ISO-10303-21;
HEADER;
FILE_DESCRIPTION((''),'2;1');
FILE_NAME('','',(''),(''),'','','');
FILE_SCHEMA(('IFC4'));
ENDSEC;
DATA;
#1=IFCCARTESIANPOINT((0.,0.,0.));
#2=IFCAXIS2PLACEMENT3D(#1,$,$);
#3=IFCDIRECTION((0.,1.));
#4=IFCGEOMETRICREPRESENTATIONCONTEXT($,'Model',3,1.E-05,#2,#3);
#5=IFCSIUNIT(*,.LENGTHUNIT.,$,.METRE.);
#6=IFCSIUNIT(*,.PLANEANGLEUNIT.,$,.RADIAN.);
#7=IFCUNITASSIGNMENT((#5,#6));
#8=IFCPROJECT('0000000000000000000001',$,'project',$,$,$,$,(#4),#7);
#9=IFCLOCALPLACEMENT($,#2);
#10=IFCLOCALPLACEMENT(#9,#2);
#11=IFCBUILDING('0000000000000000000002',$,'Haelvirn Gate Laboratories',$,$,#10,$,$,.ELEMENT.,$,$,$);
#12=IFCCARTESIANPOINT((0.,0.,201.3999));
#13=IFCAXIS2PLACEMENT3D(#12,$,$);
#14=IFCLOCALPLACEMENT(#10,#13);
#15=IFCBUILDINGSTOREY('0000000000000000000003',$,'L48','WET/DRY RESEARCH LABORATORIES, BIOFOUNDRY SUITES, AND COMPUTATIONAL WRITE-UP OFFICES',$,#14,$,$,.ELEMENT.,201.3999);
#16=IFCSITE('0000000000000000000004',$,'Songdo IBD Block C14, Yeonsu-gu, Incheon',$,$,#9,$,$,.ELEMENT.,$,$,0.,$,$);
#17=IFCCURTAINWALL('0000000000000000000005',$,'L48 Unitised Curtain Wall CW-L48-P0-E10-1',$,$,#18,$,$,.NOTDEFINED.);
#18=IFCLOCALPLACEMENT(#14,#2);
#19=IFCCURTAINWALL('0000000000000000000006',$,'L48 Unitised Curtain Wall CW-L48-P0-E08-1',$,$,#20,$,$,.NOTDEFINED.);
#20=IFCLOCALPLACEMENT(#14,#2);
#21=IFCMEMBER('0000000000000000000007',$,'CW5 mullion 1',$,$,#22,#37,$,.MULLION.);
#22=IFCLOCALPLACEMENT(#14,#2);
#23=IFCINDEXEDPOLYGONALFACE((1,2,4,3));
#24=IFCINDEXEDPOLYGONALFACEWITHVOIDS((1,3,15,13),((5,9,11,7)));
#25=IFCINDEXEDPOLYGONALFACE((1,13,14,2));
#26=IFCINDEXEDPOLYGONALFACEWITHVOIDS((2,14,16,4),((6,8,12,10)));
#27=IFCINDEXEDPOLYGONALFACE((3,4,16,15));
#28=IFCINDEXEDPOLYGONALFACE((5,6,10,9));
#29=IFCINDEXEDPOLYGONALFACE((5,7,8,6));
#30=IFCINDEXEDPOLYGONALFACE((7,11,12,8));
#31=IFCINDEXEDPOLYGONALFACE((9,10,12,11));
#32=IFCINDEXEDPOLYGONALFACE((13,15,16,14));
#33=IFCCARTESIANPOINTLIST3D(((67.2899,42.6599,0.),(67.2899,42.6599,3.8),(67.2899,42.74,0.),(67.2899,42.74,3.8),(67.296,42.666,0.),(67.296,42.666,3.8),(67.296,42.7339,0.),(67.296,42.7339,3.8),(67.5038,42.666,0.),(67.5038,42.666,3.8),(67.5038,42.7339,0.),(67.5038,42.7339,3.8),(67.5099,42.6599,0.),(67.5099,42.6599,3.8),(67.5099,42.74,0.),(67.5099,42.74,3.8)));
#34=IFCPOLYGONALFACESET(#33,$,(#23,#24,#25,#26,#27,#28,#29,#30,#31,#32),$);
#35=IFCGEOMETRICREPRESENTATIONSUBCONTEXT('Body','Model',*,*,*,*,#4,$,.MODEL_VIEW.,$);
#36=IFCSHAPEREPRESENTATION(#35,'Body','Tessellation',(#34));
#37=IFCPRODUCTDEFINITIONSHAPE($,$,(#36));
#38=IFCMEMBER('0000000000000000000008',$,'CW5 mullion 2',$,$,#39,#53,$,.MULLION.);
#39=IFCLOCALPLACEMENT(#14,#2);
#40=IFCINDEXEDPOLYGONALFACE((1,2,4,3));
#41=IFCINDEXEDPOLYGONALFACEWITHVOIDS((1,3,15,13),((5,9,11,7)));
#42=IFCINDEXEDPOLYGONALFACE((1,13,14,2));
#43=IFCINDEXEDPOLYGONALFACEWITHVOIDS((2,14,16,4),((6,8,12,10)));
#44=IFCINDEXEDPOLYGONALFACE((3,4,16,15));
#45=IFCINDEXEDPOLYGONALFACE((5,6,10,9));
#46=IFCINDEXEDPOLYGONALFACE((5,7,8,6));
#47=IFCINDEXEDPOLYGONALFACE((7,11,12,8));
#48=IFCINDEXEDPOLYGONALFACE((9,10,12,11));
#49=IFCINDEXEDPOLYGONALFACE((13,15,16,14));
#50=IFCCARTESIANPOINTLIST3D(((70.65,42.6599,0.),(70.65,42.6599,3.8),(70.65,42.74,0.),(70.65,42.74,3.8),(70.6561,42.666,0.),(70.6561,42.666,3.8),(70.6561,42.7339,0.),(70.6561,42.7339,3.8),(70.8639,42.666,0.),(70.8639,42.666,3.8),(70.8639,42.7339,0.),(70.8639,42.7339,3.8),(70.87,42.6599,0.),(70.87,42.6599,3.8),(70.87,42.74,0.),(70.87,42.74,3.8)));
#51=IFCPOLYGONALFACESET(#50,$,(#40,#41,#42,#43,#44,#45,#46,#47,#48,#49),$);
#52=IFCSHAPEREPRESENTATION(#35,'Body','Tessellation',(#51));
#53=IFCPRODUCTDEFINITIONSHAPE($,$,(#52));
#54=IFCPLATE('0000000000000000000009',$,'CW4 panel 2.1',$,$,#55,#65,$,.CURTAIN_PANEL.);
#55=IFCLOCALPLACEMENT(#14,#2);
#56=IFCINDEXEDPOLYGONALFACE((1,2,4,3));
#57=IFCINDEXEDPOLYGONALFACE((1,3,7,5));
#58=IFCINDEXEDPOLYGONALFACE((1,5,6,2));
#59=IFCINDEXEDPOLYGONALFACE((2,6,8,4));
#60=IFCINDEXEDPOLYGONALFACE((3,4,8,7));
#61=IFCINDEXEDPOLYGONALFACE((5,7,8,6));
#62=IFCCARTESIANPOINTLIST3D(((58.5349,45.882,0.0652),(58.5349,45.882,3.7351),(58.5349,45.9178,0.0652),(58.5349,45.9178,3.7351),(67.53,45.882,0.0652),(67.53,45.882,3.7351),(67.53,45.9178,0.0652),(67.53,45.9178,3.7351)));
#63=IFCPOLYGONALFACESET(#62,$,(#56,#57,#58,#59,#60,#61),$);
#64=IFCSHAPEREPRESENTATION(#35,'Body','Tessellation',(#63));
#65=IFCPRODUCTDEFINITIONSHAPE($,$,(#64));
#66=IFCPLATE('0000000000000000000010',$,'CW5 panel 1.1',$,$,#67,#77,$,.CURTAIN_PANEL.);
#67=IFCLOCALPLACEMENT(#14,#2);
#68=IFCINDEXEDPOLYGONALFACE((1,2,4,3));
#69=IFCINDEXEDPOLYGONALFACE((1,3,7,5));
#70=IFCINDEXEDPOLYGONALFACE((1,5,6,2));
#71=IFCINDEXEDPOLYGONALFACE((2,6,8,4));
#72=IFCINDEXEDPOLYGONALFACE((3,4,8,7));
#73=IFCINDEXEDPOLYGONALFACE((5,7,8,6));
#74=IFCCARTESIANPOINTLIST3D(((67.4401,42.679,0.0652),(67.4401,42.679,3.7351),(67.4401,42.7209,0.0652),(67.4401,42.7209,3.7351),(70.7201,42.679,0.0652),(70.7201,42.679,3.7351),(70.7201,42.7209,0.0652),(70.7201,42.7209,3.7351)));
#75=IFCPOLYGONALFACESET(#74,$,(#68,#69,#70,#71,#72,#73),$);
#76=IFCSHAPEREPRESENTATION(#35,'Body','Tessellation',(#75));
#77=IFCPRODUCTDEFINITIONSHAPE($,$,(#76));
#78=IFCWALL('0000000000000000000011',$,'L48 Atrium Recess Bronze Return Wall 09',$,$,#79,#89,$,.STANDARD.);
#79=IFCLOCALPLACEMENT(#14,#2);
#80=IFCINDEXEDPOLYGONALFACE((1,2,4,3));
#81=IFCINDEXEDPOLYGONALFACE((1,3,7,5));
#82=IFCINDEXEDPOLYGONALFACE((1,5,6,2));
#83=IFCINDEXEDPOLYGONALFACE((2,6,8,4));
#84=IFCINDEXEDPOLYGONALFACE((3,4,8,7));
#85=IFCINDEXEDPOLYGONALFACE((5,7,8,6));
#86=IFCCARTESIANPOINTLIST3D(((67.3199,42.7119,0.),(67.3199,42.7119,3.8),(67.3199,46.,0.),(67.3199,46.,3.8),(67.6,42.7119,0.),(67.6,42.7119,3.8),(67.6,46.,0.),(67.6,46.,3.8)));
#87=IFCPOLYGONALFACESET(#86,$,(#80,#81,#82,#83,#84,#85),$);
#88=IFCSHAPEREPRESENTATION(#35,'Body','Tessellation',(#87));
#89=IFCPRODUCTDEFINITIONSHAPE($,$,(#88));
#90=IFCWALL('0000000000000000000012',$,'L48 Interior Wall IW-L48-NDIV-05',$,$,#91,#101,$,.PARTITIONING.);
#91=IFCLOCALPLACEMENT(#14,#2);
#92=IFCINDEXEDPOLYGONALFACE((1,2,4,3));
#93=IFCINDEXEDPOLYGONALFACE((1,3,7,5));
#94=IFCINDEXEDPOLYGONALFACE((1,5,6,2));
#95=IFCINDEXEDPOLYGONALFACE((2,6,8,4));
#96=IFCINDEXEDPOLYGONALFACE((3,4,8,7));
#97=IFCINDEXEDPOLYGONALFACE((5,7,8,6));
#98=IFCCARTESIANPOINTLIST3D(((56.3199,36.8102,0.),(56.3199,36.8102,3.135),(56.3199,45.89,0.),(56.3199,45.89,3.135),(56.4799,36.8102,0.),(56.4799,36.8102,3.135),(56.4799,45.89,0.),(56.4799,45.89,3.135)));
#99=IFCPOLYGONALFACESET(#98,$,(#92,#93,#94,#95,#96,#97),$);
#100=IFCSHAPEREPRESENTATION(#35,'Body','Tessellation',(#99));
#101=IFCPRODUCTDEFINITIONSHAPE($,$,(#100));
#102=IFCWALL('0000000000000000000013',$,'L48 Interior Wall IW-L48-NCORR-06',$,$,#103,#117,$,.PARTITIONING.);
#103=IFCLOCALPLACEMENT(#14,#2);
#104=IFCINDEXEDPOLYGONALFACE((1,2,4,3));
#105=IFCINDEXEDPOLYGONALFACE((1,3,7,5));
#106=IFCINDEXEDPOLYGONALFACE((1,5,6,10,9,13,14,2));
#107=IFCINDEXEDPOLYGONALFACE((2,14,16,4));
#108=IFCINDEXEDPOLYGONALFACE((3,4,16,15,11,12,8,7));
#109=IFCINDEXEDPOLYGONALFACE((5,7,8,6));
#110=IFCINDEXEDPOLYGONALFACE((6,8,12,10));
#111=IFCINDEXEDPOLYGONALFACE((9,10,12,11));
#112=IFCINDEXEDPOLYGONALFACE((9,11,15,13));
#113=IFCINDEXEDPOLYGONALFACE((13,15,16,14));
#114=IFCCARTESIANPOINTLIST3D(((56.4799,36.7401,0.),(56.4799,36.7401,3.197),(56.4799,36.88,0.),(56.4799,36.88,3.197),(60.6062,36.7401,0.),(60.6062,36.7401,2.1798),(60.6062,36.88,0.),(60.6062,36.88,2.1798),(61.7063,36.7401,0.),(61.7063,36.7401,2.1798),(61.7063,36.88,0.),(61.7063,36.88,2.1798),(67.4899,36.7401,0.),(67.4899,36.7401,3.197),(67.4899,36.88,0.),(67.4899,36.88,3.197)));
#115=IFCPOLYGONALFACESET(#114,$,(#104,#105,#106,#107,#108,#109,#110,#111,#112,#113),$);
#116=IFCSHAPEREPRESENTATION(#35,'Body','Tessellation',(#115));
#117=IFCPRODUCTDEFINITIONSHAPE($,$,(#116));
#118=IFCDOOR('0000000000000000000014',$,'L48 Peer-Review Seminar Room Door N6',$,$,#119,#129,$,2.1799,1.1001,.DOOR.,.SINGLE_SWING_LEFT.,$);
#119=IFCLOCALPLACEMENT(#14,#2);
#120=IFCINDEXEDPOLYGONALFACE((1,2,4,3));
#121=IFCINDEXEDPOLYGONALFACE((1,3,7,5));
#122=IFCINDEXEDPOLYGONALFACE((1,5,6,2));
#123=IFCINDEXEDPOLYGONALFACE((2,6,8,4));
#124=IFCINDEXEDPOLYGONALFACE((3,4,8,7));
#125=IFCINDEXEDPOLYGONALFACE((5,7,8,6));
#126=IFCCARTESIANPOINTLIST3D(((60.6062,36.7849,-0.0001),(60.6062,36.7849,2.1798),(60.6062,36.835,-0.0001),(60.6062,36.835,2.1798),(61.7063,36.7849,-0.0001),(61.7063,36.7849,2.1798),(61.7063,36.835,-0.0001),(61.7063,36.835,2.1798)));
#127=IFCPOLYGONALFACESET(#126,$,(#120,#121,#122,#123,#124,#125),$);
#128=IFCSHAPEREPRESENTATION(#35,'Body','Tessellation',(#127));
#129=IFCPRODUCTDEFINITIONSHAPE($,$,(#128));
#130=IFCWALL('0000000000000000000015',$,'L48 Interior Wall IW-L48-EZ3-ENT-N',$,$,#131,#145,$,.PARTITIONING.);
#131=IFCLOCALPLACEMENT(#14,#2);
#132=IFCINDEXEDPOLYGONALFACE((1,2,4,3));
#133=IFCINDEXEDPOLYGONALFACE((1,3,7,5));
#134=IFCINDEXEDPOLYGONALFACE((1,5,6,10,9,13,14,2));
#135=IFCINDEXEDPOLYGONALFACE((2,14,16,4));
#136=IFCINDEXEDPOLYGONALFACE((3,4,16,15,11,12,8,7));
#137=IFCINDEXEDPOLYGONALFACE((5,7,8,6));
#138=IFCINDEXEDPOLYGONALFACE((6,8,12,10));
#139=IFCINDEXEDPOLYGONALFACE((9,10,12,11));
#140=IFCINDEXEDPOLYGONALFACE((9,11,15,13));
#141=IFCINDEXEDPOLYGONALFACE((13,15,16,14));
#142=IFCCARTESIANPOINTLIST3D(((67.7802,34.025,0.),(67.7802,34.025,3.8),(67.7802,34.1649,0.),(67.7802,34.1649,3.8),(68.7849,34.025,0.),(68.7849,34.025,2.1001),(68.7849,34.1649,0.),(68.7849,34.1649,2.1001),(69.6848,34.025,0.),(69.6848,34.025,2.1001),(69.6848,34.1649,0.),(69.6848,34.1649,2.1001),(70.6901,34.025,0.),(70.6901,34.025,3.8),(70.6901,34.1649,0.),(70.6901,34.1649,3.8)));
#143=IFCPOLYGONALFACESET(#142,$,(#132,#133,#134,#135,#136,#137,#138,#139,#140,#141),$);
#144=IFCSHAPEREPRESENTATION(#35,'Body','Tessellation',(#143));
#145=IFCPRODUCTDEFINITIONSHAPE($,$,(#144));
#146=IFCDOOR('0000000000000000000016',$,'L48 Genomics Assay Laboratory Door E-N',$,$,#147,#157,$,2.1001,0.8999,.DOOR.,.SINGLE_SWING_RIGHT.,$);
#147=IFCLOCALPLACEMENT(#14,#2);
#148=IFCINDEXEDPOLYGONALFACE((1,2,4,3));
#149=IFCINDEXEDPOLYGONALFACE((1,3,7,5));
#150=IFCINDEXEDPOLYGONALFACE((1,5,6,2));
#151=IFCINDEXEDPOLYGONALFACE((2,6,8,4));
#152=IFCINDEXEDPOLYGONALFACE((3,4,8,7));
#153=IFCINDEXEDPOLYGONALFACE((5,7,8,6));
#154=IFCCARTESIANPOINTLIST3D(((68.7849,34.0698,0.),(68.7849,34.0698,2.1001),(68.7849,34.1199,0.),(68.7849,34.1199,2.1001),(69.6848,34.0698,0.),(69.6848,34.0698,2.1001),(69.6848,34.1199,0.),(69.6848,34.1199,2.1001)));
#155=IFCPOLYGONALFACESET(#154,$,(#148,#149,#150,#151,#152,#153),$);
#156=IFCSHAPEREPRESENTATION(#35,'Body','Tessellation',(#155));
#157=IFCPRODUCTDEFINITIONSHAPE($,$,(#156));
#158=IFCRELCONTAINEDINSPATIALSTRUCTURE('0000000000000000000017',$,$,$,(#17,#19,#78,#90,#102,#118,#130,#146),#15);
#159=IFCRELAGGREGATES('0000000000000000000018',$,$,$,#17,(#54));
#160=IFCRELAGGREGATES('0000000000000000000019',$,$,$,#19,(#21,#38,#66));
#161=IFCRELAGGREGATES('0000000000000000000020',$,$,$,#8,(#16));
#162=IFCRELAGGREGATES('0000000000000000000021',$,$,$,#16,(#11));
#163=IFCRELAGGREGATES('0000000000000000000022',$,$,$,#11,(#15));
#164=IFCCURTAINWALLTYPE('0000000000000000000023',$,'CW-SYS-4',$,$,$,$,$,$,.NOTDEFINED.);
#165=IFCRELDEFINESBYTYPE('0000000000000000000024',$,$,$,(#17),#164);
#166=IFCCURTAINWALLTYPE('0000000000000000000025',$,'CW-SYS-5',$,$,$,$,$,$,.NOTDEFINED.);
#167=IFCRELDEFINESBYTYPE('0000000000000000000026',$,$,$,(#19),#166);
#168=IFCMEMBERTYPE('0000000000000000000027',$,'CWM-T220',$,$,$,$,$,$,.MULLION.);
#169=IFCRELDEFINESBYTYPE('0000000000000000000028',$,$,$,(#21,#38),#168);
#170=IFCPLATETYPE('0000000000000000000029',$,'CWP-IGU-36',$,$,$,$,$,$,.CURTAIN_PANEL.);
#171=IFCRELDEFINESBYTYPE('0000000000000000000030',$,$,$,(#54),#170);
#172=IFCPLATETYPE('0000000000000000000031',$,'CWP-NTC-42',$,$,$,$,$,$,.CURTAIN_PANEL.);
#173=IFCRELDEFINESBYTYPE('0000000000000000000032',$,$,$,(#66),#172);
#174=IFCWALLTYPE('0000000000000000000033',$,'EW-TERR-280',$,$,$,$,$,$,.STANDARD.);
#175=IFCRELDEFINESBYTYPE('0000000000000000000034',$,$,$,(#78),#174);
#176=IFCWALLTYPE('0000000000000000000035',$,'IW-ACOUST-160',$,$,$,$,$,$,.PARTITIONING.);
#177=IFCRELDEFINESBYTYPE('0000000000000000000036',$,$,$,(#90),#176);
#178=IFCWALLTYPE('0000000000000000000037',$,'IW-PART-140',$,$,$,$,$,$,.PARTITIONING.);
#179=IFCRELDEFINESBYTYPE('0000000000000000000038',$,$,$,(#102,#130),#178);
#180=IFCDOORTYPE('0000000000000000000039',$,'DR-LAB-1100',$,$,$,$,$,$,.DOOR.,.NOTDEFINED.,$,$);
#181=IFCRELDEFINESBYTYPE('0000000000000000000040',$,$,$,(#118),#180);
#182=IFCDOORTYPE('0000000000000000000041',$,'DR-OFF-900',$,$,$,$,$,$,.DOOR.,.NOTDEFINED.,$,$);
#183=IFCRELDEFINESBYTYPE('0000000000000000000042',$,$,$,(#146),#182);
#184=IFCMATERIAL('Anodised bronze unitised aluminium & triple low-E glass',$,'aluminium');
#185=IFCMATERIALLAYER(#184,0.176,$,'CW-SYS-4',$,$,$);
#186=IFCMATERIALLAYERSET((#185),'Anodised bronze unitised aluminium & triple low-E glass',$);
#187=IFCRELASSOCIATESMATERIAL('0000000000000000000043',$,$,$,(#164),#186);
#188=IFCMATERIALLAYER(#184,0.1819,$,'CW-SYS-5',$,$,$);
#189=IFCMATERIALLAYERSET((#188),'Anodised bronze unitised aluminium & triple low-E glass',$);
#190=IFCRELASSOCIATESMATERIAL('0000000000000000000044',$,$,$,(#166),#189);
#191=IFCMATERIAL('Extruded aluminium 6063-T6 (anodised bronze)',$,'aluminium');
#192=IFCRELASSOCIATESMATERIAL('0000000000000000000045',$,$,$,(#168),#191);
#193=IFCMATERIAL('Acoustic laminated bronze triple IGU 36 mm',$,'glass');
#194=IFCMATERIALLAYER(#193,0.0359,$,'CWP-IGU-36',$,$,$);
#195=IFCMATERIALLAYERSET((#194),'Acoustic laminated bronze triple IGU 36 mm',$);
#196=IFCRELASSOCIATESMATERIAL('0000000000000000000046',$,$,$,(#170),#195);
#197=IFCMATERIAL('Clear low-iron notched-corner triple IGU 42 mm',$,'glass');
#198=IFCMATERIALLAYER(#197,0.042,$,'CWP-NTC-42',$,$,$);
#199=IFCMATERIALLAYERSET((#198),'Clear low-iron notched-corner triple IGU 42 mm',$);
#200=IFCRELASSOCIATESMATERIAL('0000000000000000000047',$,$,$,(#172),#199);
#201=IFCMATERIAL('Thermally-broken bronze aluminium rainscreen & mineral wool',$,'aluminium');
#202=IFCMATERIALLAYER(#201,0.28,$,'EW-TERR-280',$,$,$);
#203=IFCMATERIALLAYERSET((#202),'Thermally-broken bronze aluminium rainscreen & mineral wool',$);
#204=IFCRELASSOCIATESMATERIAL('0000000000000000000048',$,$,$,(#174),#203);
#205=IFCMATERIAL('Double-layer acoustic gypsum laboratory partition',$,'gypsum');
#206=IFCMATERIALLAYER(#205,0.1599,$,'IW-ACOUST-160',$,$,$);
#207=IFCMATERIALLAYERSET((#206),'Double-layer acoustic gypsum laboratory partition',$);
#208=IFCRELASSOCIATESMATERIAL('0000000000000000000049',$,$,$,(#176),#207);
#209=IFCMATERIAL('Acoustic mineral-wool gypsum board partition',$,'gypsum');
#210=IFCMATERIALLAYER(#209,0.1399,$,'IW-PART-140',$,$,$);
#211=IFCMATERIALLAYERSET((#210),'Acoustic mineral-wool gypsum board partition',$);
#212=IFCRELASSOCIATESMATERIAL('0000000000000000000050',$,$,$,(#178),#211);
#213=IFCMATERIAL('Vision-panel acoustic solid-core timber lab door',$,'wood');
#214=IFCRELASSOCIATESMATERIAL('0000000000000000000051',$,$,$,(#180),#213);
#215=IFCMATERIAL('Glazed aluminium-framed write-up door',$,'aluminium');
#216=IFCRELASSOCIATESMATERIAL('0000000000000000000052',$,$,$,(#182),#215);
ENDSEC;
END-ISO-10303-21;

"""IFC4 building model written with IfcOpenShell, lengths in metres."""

from ifc_helpers import new_model, si_unit, direction, frame, frame_2d, origin, origin_2d, place, context, subcontext, project, spatial, rectangle, hollow_rectangle, extrude, source, transform, mapped, material, layer, layer_set, material_profile, profile_set, type_object, type_shapes, element, fill, aggregate, save


model = new_model("IFC4")

# Units and contexts
model_context = context("Model", 3, precision=1e-05, world=origin(), true_north=direction((0.0, 1.0)))
body_context = subcontext(model_context, "Body", "Model", "MODEL_VIEW")
ifc_project = project(units=[si_unit("LENGTHUNIT", "METRE"), si_unit("PLANEANGLEUNIT", "RADIAN")], contexts=[model_context])

# Site, building, storey
site_placement = place(None, origin())
site = spatial("IfcSite", under=ifc_project, at=site_placement, Name="Songdo IBD Block C14, Yeonsu-gu, Incheon", CompositionType="ELEMENT", RefElevation=0.0)
building_placement = place(site_placement, origin())
building = spatial("IfcBuilding", under=site, at=building_placement, Name="Haelvirn Gate Laboratories", CompositionType="ELEMENT")
storey_placement = place(building_placement, frame((0.0, 0.0, 201.3999)))
storey = spatial("IfcBuildingStorey", under=building, at=storey_placement, Name="L48", Description="WET/DRY RESEARCH LABORATORIES, BIOFOUNDRY SUITES, AND COMPUTATIONAL WRITE-UP OFFICES", CompositionType="ELEMENT", Elevation=201.3999)

# Curtain walls
ifc_material_1 = material(Name="Anodised bronze unitised aluminium & triple low-E glass", Category="aluminium")
ifc_layer_1 = layer(ifc_material_1, 0.176, Name="CW-SYS-4")
ifc_layer_set_1 = layer_set([ifc_layer_1], Name="Anodised bronze unitised aluminium & triple low-E glass")
curtain_wall_type_1 = type_object("IfcCurtainWallType", Name="CW-SYS-4", PredefinedType="NOTDEFINED", material=ifc_layer_set_1)
curtain_wall_1_placement = place(storey_placement, origin())
curtain_wall_1 = element("IfcCurtainWall", 1, at=curtain_wall_1_placement, inside=storey, type_object=curtain_wall_type_1, Name="L48 Unitised Curtain Wall CW-L48-P0-E10-1", PredefinedType="NOTDEFINED")
ifc_material_2 = material(Name="Extruded aluminium 6063-T6 (anodised bronze)", Category="aluminium")
ifc_layer_2 = layer(ifc_material_1, 0.1819, Name="CW-SYS-5")
ifc_layer_set_2 = layer_set([ifc_layer_2], Name="Anodised bronze unitised aluminium & triple low-E glass")
curtain_wall_type_2 = type_object("IfcCurtainWallType", Name="CW-SYS-5", PredefinedType="NOTDEFINED", material=ifc_layer_set_2)
curtain_wall_2_placement = place(storey_placement, origin())
curtain_wall_2 = element("IfcCurtainWall", 2, at=curtain_wall_2_placement, inside=storey, type_object=curtain_wall_type_2, Name="L48 Unitised Curtain Wall CW-L48-P0-E08-1", PredefinedType="NOTDEFINED")

# Members
ifc_material_profile_1 = material_profile(ifc_material_2, hollow_rectangle(XDim=0.0801, YDim=0.22, WallThickness=0.0061, at=origin_2d()), Name="CWM-220x80x6")
ifc_profile_set_1 = profile_set([ifc_material_profile_1], Name="Extruded aluminium 6063-T6 (anodised bronze)")
member_type_1 = type_object("IfcMemberType", Name="CWM-T220", PredefinedType="MULLION", material=ifc_profile_set_1)
shared_shape_1 = source(origin(), body_context, "Body", "SweptSolid", [
    extrude(hollow_rectangle(XDim=0.0801, YDim=0.22, WallThickness=0.0061, at=origin_2d()), origin(), (0.0, 0.0, 1.0), 3.8),
])
type_shapes(member_type_1, [shared_shape_1])
member_1_placement = place(storey_placement, frame((67.3999, 42.7, 0.0), z_axis=(0.0, 0.0, 1.0), x_axis=(0.0, 1.0, 0.0)))
member_1 = element("IfcMember", 3, at=member_1_placement, type_object=member_type_1, Name="CW5 mullion 1", PredefinedType="MULLION", context=body_context, shape_type="MappedRepresentation", body=[
    mapped(shared_shape_1, transform((0.0, 0.0, 0.0), scale=1.0)),
])
member_2_placement = place(storey_placement, frame((70.76, 42.7, 0.0), z_axis=(0.0, 0.0, 1.0), x_axis=(0.0, 1.0, 0.0)))
member_2 = element("IfcMember", 4, at=member_2_placement, type_object=member_type_1, Name="CW5 mullion 2", PredefinedType="MULLION", context=body_context, shape_type="MappedRepresentation", body=[
    mapped(shared_shape_1, transform((0.0, 0.0, 0.0), scale=1.0)),
])

# Plates
ifc_material_3 = material(Name="Acoustic laminated bronze triple IGU 36 mm", Category="glass")
ifc_layer_3 = layer(ifc_material_3, 0.0359, Name="CWP-IGU-36")
ifc_layer_set_3 = layer_set([ifc_layer_3], Name="Acoustic laminated bronze triple IGU 36 mm")
plate_type_1 = type_object("IfcPlateType", Name="CWP-IGU-36", PredefinedType="CURTAIN_PANEL", material=ifc_layer_set_3)
shared_shape_2 = source(origin(), body_context, "Body", "SweptSolid", [
    extrude(rectangle(XDim=8.9951, YDim=0.0359, at=origin_2d()), origin(), (0.0, 0.0, 1.0), 3.6699),
])
type_shapes(plate_type_1, [shared_shape_2])
plate_1_placement = place(storey_placement, frame((63.0325, 45.8999, 0.0652), z_axis=(0.0, 0.0, 1.0), x_axis=(1.0, 0.0, 0.0)))
plate_1 = element("IfcPlate", 5, at=plate_1_placement, type_object=plate_type_1, Name="CW4 panel 2.1", PredefinedType="CURTAIN_PANEL", context=body_context, shape_type="MappedRepresentation", body=[
    mapped(shared_shape_2, transform((0.0, 0.0, 0.0), scale=1.0)),
])
aggregate(curtain_wall_1, [plate_1])
ifc_material_4 = material(Name="Clear low-iron notched-corner triple IGU 42 mm", Category="glass")
ifc_layer_4 = layer(ifc_material_4, 0.042, Name="CWP-NTC-42")
ifc_layer_set_4 = layer_set([ifc_layer_4], Name="Clear low-iron notched-corner triple IGU 42 mm")
plate_type_2 = type_object("IfcPlateType", Name="CWP-NTC-42", PredefinedType="CURTAIN_PANEL", material=ifc_layer_set_4)
shared_shape_3 = source(origin(), body_context, "Body", "SweptSolid", [
    extrude(rectangle(XDim=3.28, YDim=0.042, at=origin_2d()), origin(), (0.0, 0.0, 1.0), 3.6699),
])
type_shapes(plate_type_2, [shared_shape_3])
plate_2_placement = place(storey_placement, frame((69.0801, 42.7, 0.0652), z_axis=(0.0, 0.0, 1.0), x_axis=(1.0, 0.0, 0.0)))
plate_2 = element("IfcPlate", 6, at=plate_2_placement, type_object=plate_type_2, Name="CW5 panel 1.1", PredefinedType="CURTAIN_PANEL", context=body_context, shape_type="MappedRepresentation", body=[
    mapped(shared_shape_3, transform((0.0, 0.0, 0.0), scale=1.0)),
])
aggregate(curtain_wall_2, [member_1, member_2, plate_2])

# Walls
ifc_material_5 = material(Name="Thermally-broken bronze aluminium rainscreen & mineral wool", Category="aluminium")
ifc_layer_5 = layer(ifc_material_5, 0.28, Name="EW-TERR-280")
ifc_layer_set_5 = layer_set([ifc_layer_5], Name="Thermally-broken bronze aluminium rainscreen & mineral wool")
wall_type_1 = type_object("IfcWallType", Name="EW-TERR-280", PredefinedType="STANDARD", material=ifc_layer_set_5)
wall_1_placement = place(storey_placement, frame((67.46, 42.7119, 0.0), z_axis=(0.0, 0.0, 1.0), x_axis=(0.0, 1.0, 0.0)))
element("IfcWall", 7, at=wall_1_placement, inside=storey, type_object=wall_type_1, Name="L48 Atrium Recess Bronze Return Wall 09", PredefinedType="STANDARD", context=body_context, shape_type="SweptSolid", body=[
    extrude(rectangle(XDim=3.2881, YDim=0.28, at=frame_2d((1.644, 0.0))), origin(), (0.0, 0.0, 1.0), 3.8),
])
ifc_material_6 = material(Name="Double-layer acoustic gypsum laboratory partition", Category="gypsum")
ifc_layer_6 = layer(ifc_material_6, 0.1599, Name="IW-ACOUST-160")
ifc_layer_set_6 = layer_set([ifc_layer_6], Name="Double-layer acoustic gypsum laboratory partition")
wall_type_2 = type_object("IfcWallType", Name="IW-ACOUST-160", PredefinedType="PARTITIONING", material=ifc_layer_set_6)
wall_2_placement = place(storey_placement, frame((56.3999, 36.8101, 0.0), z_axis=(0.0, 0.0, 1.0), x_axis=(0.0, 1.0, 0.0)))
element("IfcWall", 8, at=wall_2_placement, inside=storey, type_object=wall_type_2, Name="L48 Interior Wall IW-L48-NDIV-05", PredefinedType="PARTITIONING", context=body_context, shape_type="SweptSolid", body=[
    extrude(rectangle(XDim=9.0798, YDim=0.1599, at=frame_2d((4.54, 0.0))), origin(), (0.0, 0.0, 1.0), 3.135),
])

# Walls, openings, doors
ifc_material_7 = material(Name="Acoustic mineral-wool gypsum board partition", Category="gypsum")
ifc_layer_7 = layer(ifc_material_7, 0.1399, Name="IW-PART-140")
ifc_layer_set_7 = layer_set([ifc_layer_7], Name="Acoustic mineral-wool gypsum board partition")
wall_type_3 = type_object("IfcWallType", Name="IW-PART-140", PredefinedType="PARTITIONING", material=ifc_layer_set_7)
wall_3_placement = place(storey_placement, frame((56.48, 36.8101, 0.0), z_axis=(0.0, 0.0, 1.0), x_axis=(1.0, 0.0, 0.0)))
wall_3 = element("IfcWall", 9, at=wall_3_placement, inside=storey, type_object=wall_type_3, Name="L48 Interior Wall IW-L48-NCORR-06", PredefinedType="PARTITIONING", context=body_context, shape_type="SweptSolid", body=[
    extrude(rectangle(XDim=11.01, YDim=0.1399, at=frame_2d((5.5049, 0.0))), origin(), (0.0, 0.0, 1.0), 3.197),
])
opening_1_placement = place(wall_3_placement, frame((4.1262, 0.0, 0.0)))
opening_1 = element("IfcOpeningElement", 10, at=opening_1_placement, cuts=wall_3, PredefinedType="OPENING", context=body_context, shape_type="SweptSolid", body=[
    extrude(rectangle(XDim=1.1001, YDim=2.1799, at=frame_2d((0.55, 1.0898))), frame((0.0, 0.0801, 0.0), z_axis=(0.0, -1.0, 0.0), x_axis=(1.0, 0.0, 0.0)), (0.0, 0.0, 1.0), 0.1599),
])
ifc_material_8 = material(Name="Vision-panel acoustic solid-core timber lab door", Category="wood")
door_type_1 = type_object("IfcDoorType", Name="DR-LAB-1100", OperationType="NOTDEFINED", PredefinedType="DOOR", material=ifc_material_8)
shared_shape_4 = source(origin(), body_context, "Body", "SweptSolid", [
    extrude(rectangle(XDim=1.1001, YDim=2.1799, at=frame_2d((0.55, 1.0898))), frame((0.0, 0.0249, 0.0), z_axis=(0.0, -1.0, 0.0), x_axis=(1.0, 0.0, 0.0)), (0.0, 0.0, 1.0), 0.05),
])
type_shapes(door_type_1, [shared_shape_4])
door_1_placement = place(opening_1_placement, origin())
door_1 = element("IfcDoor", 11, at=door_1_placement, inside=storey, type_object=door_type_1, Name="L48 Peer-Review Seminar Room Door N6", OperationType="SINGLE_SWING_LEFT", OverallHeight=2.1799, OverallWidth=1.1001, PredefinedType="DOOR", context=body_context, shape_type="MappedRepresentation", body=[
    mapped(shared_shape_4, transform((0.0, 0.0, 0.0), scale=1.0)),
])
fill(opening_1, door_1)
wall_4_placement = place(storey_placement, frame((67.78, 34.095, 0.0), z_axis=(0.0, 0.0, 1.0), x_axis=(1.0, 0.0, 0.0)))
wall_4 = element("IfcWall", 12, at=wall_4_placement, inside=storey, type_object=wall_type_3, Name="L48 Interior Wall IW-L48-EZ3-ENT-N", PredefinedType="PARTITIONING", context=body_context, shape_type="SweptSolid", body=[
    extrude(rectangle(XDim=2.9099, YDim=0.1399, at=frame_2d((1.4551, 0.0))), origin(), (0.0, 0.0, 1.0), 3.8),
])
opening_2_placement = place(wall_4_placement, frame((1.0049, 0.0, 0.0)))
opening_2 = element("IfcOpeningElement", 13, at=opening_2_placement, cuts=wall_4, PredefinedType="OPENING", context=body_context, shape_type="SweptSolid", body=[
    extrude(rectangle(XDim=0.8999, YDim=2.1001, at=frame_2d((0.45, 1.05))), frame((0.0, 0.0801, 0.0), z_axis=(0.0, -1.0, 0.0), x_axis=(1.0, 0.0, 0.0)), (0.0, 0.0, 1.0), 0.1599),
])
ifc_material_9 = material(Name="Glazed aluminium-framed write-up door", Category="aluminium")
door_type_2 = type_object("IfcDoorType", Name="DR-OFF-900", OperationType="NOTDEFINED", PredefinedType="DOOR", material=ifc_material_9)
shared_shape_5 = source(origin(), body_context, "Body", "SweptSolid", [
    extrude(rectangle(XDim=0.8999, YDim=2.1001, at=frame_2d((0.45, 1.05))), frame((0.0, 0.0249, 0.0), z_axis=(0.0, -1.0, 0.0), x_axis=(1.0, 0.0, 0.0)), (0.0, 0.0, 1.0), 0.05),
])
type_shapes(door_type_2, [shared_shape_5])
door_2_placement = place(opening_2_placement, origin())
door_2 = element("IfcDoor", 14, at=door_2_placement, inside=storey, type_object=door_type_2, Name="L48 Genomics Assay Laboratory Door E-N", OperationType="SINGLE_SWING_RIGHT", OverallHeight=2.1001, OverallWidth=0.8999, PredefinedType="DOOR", context=body_context, shape_type="MappedRepresentation", body=[
    mapped(shared_shape_5, transform((0.0, 0.0, 0.0), scale=1.0)),
])
fill(opening_2, door_2)

save(model, "model.ifc")
